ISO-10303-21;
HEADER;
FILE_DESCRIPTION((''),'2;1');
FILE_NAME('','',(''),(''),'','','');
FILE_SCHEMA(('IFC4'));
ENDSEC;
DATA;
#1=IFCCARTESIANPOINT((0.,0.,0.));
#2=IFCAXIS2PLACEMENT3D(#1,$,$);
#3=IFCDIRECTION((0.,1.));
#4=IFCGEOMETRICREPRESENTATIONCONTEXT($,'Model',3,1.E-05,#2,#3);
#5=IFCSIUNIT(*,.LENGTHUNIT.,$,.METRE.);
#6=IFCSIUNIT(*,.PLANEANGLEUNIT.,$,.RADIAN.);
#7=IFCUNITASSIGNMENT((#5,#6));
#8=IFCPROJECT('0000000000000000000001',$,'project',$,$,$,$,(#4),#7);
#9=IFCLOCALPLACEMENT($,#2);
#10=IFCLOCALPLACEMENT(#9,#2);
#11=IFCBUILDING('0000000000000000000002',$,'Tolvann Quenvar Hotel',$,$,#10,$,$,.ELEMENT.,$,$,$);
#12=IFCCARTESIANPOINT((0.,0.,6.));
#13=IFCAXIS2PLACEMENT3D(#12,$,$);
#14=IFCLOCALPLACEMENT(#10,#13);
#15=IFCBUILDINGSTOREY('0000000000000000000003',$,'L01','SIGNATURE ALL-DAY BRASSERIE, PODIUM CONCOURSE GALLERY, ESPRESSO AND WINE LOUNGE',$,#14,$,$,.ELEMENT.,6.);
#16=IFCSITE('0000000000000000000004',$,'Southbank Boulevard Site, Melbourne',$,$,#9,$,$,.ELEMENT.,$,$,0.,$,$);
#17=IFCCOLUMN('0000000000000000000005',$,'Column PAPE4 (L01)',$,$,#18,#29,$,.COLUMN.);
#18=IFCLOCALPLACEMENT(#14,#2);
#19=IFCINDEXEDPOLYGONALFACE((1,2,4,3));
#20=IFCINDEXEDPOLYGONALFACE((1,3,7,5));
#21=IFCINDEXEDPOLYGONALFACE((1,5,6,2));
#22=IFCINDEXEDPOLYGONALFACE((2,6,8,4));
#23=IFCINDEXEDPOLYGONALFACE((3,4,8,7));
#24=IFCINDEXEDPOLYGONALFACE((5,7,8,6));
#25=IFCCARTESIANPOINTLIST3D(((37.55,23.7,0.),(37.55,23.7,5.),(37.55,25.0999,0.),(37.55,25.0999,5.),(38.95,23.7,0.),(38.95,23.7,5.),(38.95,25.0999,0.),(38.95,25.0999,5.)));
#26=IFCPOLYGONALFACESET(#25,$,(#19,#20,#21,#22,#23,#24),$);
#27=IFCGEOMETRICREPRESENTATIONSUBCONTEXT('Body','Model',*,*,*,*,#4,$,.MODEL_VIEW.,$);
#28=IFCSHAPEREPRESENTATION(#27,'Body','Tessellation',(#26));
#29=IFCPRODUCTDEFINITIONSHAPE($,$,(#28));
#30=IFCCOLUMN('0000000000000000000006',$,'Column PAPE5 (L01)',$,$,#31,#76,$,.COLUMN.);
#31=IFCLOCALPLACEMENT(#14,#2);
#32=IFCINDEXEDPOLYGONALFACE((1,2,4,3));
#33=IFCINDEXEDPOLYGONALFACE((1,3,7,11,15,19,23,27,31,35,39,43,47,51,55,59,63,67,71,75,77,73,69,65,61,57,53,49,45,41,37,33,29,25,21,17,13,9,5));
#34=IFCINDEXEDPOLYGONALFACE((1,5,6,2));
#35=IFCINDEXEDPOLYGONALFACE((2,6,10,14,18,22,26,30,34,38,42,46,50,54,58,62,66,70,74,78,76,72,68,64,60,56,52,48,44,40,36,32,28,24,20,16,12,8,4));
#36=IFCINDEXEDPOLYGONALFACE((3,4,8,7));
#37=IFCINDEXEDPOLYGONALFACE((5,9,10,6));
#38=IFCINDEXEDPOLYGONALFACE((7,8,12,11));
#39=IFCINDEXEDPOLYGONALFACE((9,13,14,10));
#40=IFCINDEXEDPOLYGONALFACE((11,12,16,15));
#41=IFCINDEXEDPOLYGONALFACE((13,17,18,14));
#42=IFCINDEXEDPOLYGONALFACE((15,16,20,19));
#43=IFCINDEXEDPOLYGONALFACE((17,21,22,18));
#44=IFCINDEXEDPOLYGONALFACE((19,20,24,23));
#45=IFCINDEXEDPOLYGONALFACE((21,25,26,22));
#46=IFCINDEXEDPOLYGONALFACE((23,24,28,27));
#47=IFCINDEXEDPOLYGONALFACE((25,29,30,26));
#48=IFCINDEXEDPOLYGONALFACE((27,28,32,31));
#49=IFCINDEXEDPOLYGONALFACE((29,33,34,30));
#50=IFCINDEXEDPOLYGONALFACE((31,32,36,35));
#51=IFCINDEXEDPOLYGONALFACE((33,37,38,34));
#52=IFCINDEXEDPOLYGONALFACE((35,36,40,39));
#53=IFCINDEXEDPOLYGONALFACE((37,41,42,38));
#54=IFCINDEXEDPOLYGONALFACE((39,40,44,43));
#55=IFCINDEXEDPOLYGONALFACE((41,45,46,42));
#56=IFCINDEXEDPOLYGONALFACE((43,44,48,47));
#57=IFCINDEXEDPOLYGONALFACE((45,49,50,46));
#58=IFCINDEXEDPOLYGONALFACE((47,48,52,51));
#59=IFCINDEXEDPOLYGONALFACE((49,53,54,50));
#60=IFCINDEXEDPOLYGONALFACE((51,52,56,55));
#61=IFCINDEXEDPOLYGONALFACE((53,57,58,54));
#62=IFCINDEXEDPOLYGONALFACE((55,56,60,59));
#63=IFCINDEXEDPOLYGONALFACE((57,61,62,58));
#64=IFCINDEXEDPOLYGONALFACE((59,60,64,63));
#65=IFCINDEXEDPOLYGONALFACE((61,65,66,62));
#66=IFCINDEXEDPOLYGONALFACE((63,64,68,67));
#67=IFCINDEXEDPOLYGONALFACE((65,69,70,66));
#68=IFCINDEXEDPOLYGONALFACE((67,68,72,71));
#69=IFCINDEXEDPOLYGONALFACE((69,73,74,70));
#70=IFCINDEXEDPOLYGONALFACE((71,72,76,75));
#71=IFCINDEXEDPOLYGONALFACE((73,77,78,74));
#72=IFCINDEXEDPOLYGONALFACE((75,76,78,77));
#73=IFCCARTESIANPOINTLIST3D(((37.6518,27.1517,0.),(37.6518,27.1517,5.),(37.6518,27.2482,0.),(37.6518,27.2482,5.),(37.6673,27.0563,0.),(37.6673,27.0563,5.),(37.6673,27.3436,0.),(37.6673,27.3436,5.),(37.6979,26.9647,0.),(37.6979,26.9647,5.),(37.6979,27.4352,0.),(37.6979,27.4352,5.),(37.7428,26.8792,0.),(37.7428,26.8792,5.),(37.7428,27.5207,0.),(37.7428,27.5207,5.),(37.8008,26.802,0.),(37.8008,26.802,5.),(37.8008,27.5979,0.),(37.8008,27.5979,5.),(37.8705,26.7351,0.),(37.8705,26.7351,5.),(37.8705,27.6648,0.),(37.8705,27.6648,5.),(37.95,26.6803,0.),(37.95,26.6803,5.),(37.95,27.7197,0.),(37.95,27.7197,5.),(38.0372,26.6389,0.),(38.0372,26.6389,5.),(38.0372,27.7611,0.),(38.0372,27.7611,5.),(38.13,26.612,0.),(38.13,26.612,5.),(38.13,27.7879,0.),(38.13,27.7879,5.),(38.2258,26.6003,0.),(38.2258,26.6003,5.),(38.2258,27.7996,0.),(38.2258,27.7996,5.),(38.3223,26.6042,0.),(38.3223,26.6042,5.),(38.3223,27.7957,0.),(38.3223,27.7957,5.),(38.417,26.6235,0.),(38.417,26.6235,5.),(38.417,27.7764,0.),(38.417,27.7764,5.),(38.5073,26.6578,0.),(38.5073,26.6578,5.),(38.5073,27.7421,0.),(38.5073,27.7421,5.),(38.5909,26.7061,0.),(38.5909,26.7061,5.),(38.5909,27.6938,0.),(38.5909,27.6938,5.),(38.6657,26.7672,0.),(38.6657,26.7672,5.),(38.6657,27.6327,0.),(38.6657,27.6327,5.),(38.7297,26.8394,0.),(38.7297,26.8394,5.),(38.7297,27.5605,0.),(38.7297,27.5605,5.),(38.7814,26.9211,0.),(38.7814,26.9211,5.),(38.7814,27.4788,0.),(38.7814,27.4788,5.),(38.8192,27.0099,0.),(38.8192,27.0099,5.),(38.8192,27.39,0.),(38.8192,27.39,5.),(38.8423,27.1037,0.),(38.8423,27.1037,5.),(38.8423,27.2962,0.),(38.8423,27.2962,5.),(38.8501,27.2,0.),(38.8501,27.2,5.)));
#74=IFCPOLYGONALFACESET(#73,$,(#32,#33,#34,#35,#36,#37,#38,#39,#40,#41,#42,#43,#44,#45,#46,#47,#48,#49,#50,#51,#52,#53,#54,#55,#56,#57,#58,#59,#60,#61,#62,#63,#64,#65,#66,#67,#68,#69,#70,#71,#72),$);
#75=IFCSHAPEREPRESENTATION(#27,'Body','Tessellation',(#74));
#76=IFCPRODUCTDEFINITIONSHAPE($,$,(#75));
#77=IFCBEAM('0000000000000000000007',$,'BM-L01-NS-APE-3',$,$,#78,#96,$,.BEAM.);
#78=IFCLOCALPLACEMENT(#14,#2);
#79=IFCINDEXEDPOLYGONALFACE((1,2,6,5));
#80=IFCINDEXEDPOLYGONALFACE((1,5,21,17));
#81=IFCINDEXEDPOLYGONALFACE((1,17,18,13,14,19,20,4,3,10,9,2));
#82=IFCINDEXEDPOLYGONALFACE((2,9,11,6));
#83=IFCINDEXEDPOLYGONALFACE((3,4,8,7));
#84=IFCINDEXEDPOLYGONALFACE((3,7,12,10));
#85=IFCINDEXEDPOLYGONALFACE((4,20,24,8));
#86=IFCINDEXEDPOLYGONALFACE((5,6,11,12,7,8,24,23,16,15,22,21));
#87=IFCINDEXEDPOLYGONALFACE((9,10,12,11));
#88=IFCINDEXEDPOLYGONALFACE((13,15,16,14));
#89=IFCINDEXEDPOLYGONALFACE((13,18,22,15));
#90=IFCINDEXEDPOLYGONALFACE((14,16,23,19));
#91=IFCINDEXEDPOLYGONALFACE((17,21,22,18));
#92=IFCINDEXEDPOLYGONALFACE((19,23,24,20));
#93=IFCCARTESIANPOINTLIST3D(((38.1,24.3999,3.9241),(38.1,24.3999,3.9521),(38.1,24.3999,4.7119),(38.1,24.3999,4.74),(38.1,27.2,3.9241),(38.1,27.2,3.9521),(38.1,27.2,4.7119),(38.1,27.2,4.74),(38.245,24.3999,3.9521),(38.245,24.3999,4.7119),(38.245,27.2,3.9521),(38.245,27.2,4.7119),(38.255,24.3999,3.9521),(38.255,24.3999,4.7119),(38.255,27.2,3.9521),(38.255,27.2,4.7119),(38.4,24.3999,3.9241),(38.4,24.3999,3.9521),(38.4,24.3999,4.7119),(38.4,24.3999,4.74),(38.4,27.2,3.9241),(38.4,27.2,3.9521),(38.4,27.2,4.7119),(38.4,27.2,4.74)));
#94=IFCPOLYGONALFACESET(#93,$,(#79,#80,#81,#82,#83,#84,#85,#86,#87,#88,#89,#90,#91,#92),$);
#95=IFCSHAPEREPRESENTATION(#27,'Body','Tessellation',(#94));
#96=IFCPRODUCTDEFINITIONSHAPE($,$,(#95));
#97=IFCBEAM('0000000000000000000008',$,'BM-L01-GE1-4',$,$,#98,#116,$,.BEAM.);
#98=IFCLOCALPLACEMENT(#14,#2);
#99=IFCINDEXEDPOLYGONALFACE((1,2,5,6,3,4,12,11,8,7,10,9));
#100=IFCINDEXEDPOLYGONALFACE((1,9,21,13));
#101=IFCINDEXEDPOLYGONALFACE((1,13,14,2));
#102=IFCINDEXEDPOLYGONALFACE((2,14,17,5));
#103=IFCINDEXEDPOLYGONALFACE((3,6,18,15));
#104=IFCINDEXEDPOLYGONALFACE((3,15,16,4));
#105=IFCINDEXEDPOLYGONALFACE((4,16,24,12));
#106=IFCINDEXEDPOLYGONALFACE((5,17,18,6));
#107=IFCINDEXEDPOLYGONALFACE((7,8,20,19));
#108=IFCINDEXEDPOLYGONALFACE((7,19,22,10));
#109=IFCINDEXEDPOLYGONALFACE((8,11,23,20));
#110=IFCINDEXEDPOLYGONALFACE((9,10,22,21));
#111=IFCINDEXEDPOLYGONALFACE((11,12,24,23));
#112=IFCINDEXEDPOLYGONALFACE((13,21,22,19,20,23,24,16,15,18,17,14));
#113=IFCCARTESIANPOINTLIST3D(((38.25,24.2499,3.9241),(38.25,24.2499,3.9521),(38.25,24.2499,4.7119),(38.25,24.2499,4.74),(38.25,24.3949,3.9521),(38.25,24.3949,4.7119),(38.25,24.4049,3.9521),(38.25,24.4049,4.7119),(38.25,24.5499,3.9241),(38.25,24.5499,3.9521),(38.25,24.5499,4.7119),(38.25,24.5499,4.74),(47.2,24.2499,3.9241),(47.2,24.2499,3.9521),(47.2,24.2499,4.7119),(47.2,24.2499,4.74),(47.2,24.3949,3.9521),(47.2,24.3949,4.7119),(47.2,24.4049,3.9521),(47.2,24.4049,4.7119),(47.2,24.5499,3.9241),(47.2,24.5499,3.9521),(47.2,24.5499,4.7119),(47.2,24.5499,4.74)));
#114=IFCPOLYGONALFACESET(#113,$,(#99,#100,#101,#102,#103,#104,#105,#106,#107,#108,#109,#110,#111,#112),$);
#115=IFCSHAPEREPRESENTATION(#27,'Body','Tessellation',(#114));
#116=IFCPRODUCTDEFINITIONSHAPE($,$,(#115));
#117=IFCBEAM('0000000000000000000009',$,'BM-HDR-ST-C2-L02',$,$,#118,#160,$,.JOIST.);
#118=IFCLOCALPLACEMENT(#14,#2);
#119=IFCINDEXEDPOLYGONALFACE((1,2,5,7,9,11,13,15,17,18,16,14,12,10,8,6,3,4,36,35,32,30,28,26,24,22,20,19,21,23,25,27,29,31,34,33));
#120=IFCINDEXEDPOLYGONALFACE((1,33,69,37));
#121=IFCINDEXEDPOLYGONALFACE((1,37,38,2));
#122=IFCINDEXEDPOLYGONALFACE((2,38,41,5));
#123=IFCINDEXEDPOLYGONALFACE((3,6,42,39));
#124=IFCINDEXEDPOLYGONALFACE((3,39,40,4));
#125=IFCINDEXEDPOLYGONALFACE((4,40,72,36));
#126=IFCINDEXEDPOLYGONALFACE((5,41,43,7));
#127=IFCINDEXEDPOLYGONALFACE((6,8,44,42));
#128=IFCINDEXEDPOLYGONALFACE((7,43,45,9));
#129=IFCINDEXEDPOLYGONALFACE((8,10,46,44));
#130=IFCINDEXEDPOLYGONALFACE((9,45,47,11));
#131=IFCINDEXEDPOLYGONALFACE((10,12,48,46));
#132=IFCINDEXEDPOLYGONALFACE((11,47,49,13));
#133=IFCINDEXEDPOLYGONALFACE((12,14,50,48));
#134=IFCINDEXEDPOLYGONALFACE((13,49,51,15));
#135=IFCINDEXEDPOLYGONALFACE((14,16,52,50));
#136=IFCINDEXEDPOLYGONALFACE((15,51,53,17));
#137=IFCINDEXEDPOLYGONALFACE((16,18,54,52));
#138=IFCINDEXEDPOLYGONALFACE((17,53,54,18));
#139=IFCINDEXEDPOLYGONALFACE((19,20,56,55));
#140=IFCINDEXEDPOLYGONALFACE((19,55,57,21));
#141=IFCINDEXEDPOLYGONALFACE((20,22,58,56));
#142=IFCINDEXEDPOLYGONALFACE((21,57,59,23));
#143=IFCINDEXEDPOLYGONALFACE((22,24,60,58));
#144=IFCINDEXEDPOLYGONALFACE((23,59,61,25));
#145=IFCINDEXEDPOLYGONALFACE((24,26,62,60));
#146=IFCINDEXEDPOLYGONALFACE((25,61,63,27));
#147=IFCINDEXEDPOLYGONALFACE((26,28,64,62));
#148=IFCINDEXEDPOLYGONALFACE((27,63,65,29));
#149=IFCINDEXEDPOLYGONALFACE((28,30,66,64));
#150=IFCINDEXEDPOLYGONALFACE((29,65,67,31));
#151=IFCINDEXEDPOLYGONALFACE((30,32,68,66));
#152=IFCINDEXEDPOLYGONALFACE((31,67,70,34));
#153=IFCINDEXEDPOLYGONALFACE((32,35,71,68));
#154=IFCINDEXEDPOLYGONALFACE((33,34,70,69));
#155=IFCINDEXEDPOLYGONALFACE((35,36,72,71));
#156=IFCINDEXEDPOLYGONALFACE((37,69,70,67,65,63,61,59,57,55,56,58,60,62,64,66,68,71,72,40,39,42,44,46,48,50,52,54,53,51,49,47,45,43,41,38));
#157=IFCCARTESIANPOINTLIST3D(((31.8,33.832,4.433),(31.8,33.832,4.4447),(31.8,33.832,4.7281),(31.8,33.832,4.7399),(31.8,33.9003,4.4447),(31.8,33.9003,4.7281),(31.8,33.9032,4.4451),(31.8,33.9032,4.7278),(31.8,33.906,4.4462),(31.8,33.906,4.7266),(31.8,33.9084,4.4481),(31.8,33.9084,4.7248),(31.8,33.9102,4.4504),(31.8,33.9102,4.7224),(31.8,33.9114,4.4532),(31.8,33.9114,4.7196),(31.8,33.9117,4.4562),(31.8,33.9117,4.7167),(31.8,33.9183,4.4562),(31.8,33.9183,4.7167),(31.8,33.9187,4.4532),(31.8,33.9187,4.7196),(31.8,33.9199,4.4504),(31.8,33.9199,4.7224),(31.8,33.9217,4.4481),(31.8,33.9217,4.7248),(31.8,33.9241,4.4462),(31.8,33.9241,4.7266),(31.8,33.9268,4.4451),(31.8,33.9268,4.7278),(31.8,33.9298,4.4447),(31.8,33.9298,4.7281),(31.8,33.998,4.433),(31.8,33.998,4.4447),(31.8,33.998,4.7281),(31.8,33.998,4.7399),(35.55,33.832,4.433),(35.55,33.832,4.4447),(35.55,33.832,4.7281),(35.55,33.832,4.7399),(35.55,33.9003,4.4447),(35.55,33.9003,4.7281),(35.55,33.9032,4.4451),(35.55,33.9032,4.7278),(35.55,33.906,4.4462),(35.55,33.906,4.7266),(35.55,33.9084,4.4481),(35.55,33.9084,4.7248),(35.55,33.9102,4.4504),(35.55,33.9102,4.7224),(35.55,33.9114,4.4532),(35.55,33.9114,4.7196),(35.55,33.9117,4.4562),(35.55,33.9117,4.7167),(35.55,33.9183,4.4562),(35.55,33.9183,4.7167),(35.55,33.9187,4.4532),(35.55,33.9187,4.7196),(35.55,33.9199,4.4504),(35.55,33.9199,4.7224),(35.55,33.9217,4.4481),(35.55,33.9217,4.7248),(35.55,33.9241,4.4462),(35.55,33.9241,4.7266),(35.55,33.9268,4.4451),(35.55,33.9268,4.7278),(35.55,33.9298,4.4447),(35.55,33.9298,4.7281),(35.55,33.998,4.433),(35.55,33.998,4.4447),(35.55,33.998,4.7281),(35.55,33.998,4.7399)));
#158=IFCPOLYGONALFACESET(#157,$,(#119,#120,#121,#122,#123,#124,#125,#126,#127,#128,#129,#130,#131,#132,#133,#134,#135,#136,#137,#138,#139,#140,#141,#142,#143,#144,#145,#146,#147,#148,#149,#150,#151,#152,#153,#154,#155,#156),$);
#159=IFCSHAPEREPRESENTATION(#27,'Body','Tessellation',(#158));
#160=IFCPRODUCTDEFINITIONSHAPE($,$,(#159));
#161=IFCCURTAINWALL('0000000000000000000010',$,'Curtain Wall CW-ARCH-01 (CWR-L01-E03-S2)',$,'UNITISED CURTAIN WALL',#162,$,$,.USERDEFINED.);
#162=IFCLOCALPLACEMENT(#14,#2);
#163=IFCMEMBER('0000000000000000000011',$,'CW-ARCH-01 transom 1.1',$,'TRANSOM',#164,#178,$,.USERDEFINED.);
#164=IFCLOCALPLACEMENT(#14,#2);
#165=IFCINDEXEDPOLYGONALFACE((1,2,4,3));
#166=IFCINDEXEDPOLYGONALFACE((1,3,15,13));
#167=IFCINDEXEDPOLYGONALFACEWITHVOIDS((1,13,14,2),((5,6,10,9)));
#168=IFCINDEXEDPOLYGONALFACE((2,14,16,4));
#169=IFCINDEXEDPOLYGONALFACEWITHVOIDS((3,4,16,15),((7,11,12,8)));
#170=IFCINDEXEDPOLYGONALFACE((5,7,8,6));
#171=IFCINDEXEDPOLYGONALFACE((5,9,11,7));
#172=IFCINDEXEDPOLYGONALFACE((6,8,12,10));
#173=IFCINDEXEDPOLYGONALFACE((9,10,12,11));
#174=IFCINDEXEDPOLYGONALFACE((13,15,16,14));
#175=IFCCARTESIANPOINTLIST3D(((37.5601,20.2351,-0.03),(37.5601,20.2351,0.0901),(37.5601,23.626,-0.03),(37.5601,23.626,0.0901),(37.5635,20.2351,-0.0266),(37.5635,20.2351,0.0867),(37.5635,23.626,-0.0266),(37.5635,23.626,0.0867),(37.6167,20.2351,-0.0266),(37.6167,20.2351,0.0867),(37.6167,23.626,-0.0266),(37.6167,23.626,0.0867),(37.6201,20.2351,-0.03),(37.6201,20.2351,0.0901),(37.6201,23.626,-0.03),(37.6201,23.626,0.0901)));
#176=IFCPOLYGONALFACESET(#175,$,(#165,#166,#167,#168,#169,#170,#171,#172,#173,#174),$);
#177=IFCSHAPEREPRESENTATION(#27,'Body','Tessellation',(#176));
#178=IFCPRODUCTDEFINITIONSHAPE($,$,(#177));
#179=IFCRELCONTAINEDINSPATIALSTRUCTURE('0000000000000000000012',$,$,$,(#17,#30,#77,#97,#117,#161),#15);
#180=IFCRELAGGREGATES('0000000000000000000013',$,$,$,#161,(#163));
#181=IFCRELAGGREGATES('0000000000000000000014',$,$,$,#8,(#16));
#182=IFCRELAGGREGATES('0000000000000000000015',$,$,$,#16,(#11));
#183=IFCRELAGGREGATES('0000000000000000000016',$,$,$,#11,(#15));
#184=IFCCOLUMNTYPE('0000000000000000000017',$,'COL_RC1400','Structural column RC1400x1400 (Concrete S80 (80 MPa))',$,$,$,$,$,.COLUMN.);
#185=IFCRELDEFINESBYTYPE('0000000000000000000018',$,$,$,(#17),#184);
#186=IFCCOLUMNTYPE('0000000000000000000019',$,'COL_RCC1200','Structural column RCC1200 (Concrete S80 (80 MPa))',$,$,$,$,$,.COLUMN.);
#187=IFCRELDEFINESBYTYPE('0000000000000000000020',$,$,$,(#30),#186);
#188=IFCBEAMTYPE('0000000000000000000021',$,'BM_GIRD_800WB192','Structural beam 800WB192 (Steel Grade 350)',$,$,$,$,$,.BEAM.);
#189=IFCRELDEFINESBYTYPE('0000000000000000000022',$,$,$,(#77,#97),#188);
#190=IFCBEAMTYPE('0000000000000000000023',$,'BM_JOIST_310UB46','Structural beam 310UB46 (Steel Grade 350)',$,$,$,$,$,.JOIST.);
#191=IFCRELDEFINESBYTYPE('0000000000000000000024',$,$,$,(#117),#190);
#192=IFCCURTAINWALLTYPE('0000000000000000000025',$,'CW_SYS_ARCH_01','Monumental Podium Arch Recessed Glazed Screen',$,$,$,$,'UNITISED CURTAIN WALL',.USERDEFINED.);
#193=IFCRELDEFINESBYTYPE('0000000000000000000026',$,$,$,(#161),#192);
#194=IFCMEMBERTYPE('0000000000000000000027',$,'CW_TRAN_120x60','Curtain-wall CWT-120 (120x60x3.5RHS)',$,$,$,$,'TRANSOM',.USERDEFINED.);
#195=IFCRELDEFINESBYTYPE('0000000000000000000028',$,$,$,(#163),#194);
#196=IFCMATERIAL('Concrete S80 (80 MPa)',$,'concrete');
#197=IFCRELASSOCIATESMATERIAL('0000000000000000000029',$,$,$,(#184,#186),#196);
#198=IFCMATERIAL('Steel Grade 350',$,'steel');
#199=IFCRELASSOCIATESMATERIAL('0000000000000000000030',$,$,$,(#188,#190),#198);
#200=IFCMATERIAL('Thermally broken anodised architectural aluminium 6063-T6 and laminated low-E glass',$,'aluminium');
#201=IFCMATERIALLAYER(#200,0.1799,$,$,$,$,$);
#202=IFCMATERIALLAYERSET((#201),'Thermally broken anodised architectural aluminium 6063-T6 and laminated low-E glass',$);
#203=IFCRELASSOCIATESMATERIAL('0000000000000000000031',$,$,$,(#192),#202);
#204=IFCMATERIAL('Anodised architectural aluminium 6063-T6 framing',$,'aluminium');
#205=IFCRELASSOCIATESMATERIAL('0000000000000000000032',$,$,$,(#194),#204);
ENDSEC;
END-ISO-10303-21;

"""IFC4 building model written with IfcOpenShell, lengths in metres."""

from ifc_helpers import new_model, si_unit, direction, frame, origin, origin_2d, place, context, subcontext, project, spatial, rectangle, hollow_rectangle, circle, i_section, extrude, source, transform, mapped, material, layer, layer_set, material_profile, profile_set, type_object, type_shapes, element, aggregate, save


model = new_model("IFC4")

# Units and contexts
model_context = context("Model", 3, precision=1e-05, world=origin(), true_north=direction((0.0, 1.0)))
body_context = subcontext(model_context, "Body", "Model", "MODEL_VIEW")
ifc_project = project(units=[si_unit("LENGTHUNIT", "METRE"), si_unit("PLANEANGLEUNIT", "RADIAN")], contexts=[model_context])

# Site, building, storey
site_placement = place(None, origin())
site = spatial("IfcSite", under=ifc_project, at=site_placement, Name="Southbank Boulevard Site, Melbourne", CompositionType="ELEMENT", RefElevation=0.0)
building_placement = place(site_placement, origin())
building = spatial("IfcBuilding", under=site, at=building_placement, Name="Tolvann Quenvar Hotel", CompositionType="ELEMENT")
storey_placement = place(building_placement, frame((0.0, 0.0, 6.0)))
storey = spatial("IfcBuildingStorey", under=building, at=storey_placement, Name="L01", Description="SIGNATURE ALL-DAY BRASSERIE, PODIUM CONCOURSE GALLERY, ESPRESSO AND WINE LOUNGE", CompositionType="ELEMENT", Elevation=6.0)

# Columns
ifc_material_1 = material(Name="Concrete S80 (80 MPa)", Category="concrete")
ifc_material_profile_1 = material_profile(ifc_material_1, rectangle(XDim=1.3999, YDim=1.3999, at=origin_2d()), Name="RC1400x1400")
ifc_profile_set_1 = profile_set([ifc_material_profile_1], Name="Concrete S80 (80 MPa)")
column_type_1 = type_object("IfcColumnType", Name="COL_RC1400", Description="Structural column RC1400x1400 (Concrete S80 (80 MPa))", PredefinedType="COLUMN", material=ifc_profile_set_1)
shared_shape_1 = source(origin(), body_context, "Body", "SweptSolid", [
    extrude(rectangle(XDim=1.3999, YDim=1.3999, at=origin_2d()), origin(), (0.0, 0.0, 1.0), 5.0),
])
type_shapes(column_type_1, [shared_shape_1])
column_1_placement = place(storey_placement, frame((38.25, 24.3999, 0.0), z_axis=(0.0, 0.0, 1.0), x_axis=(1.0, 0.0, 0.0)))
element("IfcColumn", 1, at=column_1_placement, inside=storey, type_object=column_type_1, Name="Column PAPE4 (L01)", PredefinedType="COLUMN", context=body_context, shape_type="MappedRepresentation", body=[
    mapped(shared_shape_1, transform((0.0, 0.0, 0.0), x_axis=(1.0, 0.0, 0.0), y_axis=(0.0, 1.0, 0.0), z_axis=(0.0, 0.0, 1.0), scale=1.0)),
])
ifc_material_profile_2 = material_profile(ifc_material_1, circle(Radius=0.6001, at=origin_2d()), Name="RCC1200")
ifc_profile_set_2 = profile_set([ifc_material_profile_2], Name="Concrete S80 (80 MPa)")
column_type_2 = type_object("IfcColumnType", Name="COL_RCC1200", Description="Structural column RCC1200 (Concrete S80 (80 MPa))", PredefinedType="COLUMN", material=ifc_profile_set_2)
shared_shape_2 = source(origin(), body_context, "Body", "SweptSolid", [
    extrude(circle(Radius=0.6001, at=origin_2d()), origin(), (0.0, 0.0, 1.0), 5.0),
])
type_shapes(column_type_2, [shared_shape_2])
column_2_placement = place(storey_placement, frame((38.25, 27.2, 0.0), z_axis=(0.0, 0.0, 1.0), x_axis=(1.0, 0.0, 0.0)))
element("IfcColumn", 2, at=column_2_placement, inside=storey, type_object=column_type_2, Name="Column PAPE5 (L01)", PredefinedType="COLUMN", context=body_context, shape_type="MappedRepresentation", body=[
    mapped(shared_shape_2, transform((0.0, 0.0, 0.0), x_axis=(1.0, 0.0, 0.0), y_axis=(0.0, 1.0, 0.0), z_axis=(0.0, 0.0, 1.0), scale=1.0)),
])

# Beams
ifc_material_2 = material(Name="Steel Grade 350", Category="steel")
ifc_material_profile_3 = material_profile(ifc_material_2, i_section(OverallWidth=0.3, OverallDepth=0.8159, WebThickness=0.01, FlangeThickness=0.0281, at=origin_2d()), Name="800WB192")
ifc_profile_set_3 = profile_set([ifc_material_profile_3], Name="Steel Grade 350")
beam_type_1 = type_object("IfcBeamType", Name="BM_GIRD_800WB192", Description="Structural beam 800WB192 (Steel Grade 350)", PredefinedType="BEAM", material=ifc_profile_set_3)
shared_shape_3 = source(origin(), body_context, "Body", "SweptSolid", [
    extrude(i_section(OverallWidth=0.3, OverallDepth=0.8159, WebThickness=0.01, FlangeThickness=0.0281, at=origin_2d()), origin(), (0.0, 0.0, 1.0), 2.8),
])
beam_1_placement = place(storey_placement, frame((38.25, 24.3999, 4.332), z_axis=(0.0, 1.0, 0.0), x_axis=(-1.0, 0.0, 0.0)))
element("IfcBeam", 3, at=beam_1_placement, inside=storey, type_object=beam_type_1, Name="BM-L01-NS-APE-3", PredefinedType="BEAM", context=body_context, shape_type="MappedRepresentation", body=[
    mapped(shared_shape_3, transform((0.0, 0.0, 0.0), x_axis=(1.0, 0.0, 0.0), y_axis=(0.0, 1.0, 0.0), z_axis=(0.0, 0.0, 1.0), scale=1.0)),
])
shared_shape_4 = source(origin(), body_context, "Body", "SweptSolid", [
    extrude(i_section(OverallWidth=0.3, OverallDepth=0.8159, WebThickness=0.01, FlangeThickness=0.0281, at=origin_2d()), origin(), (0.0, 0.0, 1.0), 8.95),
])
type_shapes(beam_type_1, [shared_shape_3, shared_shape_4])
beam_2_placement = place(storey_placement, frame((38.25, 24.3999, 4.332), z_axis=(1.0, 0.0, 0.0), x_axis=(0.0, 1.0, 0.0)))
element("IfcBeam", 4, at=beam_2_placement, inside=storey, type_object=beam_type_1, Name="BM-L01-GE1-4", PredefinedType="BEAM", context=body_context, shape_type="MappedRepresentation", body=[
    mapped(shared_shape_4, transform((0.0, 0.0, 0.0), x_axis=(1.0, 0.0, 0.0), y_axis=(0.0, 1.0, 0.0), z_axis=(0.0, 0.0, 1.0), scale=1.0)),
])
ifc_material_profile_4 = material_profile(ifc_material_2, i_section(OverallWidth=0.166, OverallDepth=0.3069, WebThickness=0.0066, FlangeThickness=0.0117, FilletRadius=0.0115, at=origin_2d()), Name="310UB46")
ifc_profile_set_4 = profile_set([ifc_material_profile_4], Name="Steel Grade 350")
beam_type_2 = type_object("IfcBeamType", Name="BM_JOIST_310UB46", Description="Structural beam 310UB46 (Steel Grade 350)", PredefinedType="JOIST", material=ifc_profile_set_4)
shared_shape_5 = source(origin(), body_context, "Body", "SweptSolid", [
    extrude(i_section(OverallWidth=0.166, OverallDepth=0.3069, WebThickness=0.0066, FlangeThickness=0.0117, FilletRadius=0.0115, at=origin_2d()), origin(), (0.0, 0.0, 1.0), 3.75),
])
type_shapes(beam_type_2, [shared_shape_5])
beam_3_placement = place(storey_placement, frame((31.8, 33.915, 4.5864), z_axis=(1.0, 0.0, 0.0), x_axis=(0.0, 1.0, 0.0)))
element("IfcBeam", 5, at=beam_3_placement, inside=storey, type_object=beam_type_2, Name="BM-HDR-ST-C2-L02", PredefinedType="JOIST", context=body_context, shape_type="MappedRepresentation", body=[
    mapped(shared_shape_5, transform((0.0, 0.0, 0.0), x_axis=(1.0, 0.0, 0.0), y_axis=(0.0, 1.0, 0.0), z_axis=(0.0, 0.0, 1.0), scale=1.0)),
])

# Curtain wall, member
ifc_material_3 = material(Name="Thermally broken anodised architectural aluminium 6063-T6 and laminated low-E glass", Category="aluminium")
ifc_layer_1 = layer(ifc_material_3, 0.1799)
ifc_layer_set_1 = layer_set([ifc_layer_1], Name="Thermally broken anodised architectural aluminium 6063-T6 and laminated low-E glass")
curtain_wall_type = type_object("IfcCurtainWallType", Name="CW_SYS_ARCH_01", Description="Monumental Podium Arch Recessed Glazed Screen", ElementType="UNITISED CURTAIN WALL", PredefinedType="USERDEFINED", material=ifc_layer_set_1)
curtain_wall_1_placement = place(storey_placement, origin())
curtain_wall_1 = element("IfcCurtainWall", 6, at=curtain_wall_1_placement, inside=storey, type_object=curtain_wall_type, Name="Curtain Wall CW-ARCH-01 (CWR-L01-E03-S2)", ObjectType="UNITISED CURTAIN WALL", PredefinedType="USERDEFINED")
ifc_material_4 = material(Name="Anodised architectural aluminium 6063-T6 framing", Category="aluminium")
ifc_material_profile_5 = material_profile(ifc_material_4, hollow_rectangle(XDim=0.0601, YDim=0.1201, WallThickness=0.0034, at=origin_2d()), Name="120x60x3.5RHS")
ifc_profile_set_5 = profile_set([ifc_material_profile_5], Name="Anodised architectural aluminium 6063-T6 framing")
member_type_1 = type_object("IfcMemberType", Name="CW_TRAN_120x60", Description="Curtain-wall CWT-120 (120x60x3.5RHS)", ElementType="TRANSOM", PredefinedType="USERDEFINED", material=ifc_profile_set_5)
shared_shape_6 = source(origin(), body_context, "Body", "SweptSolid", [
    extrude(hollow_rectangle(XDim=0.0601, YDim=0.1201, WallThickness=0.0034, at=origin_2d()), origin(), (0.0, 0.0, 1.0), 3.3909),
])
member_1_placement = place(storey_placement, frame((37.5901, 23.626, 0.03), z_axis=(0.0, -1.0, 0.0), x_axis=(1.0, 0.0, 0.0)))
member_1 = element("IfcMember", 7, at=member_1_placement, type_object=member_type_1, Name="CW-ARCH-01 transom 1.1", ObjectType="TRANSOM", PredefinedType="USERDEFINED", context=body_context, shape_type="MappedRepresentation", body=[
    mapped(shared_shape_6, transform((0.0, 0.0, 0.0), x_axis=(1.0, 0.0, 0.0), y_axis=(0.0, 1.0, 0.0), z_axis=(0.0, 0.0, 1.0), scale=1.0)),
])

aggregate(curtain_wall_1, [member_1])

save(model, "model.ifc")
